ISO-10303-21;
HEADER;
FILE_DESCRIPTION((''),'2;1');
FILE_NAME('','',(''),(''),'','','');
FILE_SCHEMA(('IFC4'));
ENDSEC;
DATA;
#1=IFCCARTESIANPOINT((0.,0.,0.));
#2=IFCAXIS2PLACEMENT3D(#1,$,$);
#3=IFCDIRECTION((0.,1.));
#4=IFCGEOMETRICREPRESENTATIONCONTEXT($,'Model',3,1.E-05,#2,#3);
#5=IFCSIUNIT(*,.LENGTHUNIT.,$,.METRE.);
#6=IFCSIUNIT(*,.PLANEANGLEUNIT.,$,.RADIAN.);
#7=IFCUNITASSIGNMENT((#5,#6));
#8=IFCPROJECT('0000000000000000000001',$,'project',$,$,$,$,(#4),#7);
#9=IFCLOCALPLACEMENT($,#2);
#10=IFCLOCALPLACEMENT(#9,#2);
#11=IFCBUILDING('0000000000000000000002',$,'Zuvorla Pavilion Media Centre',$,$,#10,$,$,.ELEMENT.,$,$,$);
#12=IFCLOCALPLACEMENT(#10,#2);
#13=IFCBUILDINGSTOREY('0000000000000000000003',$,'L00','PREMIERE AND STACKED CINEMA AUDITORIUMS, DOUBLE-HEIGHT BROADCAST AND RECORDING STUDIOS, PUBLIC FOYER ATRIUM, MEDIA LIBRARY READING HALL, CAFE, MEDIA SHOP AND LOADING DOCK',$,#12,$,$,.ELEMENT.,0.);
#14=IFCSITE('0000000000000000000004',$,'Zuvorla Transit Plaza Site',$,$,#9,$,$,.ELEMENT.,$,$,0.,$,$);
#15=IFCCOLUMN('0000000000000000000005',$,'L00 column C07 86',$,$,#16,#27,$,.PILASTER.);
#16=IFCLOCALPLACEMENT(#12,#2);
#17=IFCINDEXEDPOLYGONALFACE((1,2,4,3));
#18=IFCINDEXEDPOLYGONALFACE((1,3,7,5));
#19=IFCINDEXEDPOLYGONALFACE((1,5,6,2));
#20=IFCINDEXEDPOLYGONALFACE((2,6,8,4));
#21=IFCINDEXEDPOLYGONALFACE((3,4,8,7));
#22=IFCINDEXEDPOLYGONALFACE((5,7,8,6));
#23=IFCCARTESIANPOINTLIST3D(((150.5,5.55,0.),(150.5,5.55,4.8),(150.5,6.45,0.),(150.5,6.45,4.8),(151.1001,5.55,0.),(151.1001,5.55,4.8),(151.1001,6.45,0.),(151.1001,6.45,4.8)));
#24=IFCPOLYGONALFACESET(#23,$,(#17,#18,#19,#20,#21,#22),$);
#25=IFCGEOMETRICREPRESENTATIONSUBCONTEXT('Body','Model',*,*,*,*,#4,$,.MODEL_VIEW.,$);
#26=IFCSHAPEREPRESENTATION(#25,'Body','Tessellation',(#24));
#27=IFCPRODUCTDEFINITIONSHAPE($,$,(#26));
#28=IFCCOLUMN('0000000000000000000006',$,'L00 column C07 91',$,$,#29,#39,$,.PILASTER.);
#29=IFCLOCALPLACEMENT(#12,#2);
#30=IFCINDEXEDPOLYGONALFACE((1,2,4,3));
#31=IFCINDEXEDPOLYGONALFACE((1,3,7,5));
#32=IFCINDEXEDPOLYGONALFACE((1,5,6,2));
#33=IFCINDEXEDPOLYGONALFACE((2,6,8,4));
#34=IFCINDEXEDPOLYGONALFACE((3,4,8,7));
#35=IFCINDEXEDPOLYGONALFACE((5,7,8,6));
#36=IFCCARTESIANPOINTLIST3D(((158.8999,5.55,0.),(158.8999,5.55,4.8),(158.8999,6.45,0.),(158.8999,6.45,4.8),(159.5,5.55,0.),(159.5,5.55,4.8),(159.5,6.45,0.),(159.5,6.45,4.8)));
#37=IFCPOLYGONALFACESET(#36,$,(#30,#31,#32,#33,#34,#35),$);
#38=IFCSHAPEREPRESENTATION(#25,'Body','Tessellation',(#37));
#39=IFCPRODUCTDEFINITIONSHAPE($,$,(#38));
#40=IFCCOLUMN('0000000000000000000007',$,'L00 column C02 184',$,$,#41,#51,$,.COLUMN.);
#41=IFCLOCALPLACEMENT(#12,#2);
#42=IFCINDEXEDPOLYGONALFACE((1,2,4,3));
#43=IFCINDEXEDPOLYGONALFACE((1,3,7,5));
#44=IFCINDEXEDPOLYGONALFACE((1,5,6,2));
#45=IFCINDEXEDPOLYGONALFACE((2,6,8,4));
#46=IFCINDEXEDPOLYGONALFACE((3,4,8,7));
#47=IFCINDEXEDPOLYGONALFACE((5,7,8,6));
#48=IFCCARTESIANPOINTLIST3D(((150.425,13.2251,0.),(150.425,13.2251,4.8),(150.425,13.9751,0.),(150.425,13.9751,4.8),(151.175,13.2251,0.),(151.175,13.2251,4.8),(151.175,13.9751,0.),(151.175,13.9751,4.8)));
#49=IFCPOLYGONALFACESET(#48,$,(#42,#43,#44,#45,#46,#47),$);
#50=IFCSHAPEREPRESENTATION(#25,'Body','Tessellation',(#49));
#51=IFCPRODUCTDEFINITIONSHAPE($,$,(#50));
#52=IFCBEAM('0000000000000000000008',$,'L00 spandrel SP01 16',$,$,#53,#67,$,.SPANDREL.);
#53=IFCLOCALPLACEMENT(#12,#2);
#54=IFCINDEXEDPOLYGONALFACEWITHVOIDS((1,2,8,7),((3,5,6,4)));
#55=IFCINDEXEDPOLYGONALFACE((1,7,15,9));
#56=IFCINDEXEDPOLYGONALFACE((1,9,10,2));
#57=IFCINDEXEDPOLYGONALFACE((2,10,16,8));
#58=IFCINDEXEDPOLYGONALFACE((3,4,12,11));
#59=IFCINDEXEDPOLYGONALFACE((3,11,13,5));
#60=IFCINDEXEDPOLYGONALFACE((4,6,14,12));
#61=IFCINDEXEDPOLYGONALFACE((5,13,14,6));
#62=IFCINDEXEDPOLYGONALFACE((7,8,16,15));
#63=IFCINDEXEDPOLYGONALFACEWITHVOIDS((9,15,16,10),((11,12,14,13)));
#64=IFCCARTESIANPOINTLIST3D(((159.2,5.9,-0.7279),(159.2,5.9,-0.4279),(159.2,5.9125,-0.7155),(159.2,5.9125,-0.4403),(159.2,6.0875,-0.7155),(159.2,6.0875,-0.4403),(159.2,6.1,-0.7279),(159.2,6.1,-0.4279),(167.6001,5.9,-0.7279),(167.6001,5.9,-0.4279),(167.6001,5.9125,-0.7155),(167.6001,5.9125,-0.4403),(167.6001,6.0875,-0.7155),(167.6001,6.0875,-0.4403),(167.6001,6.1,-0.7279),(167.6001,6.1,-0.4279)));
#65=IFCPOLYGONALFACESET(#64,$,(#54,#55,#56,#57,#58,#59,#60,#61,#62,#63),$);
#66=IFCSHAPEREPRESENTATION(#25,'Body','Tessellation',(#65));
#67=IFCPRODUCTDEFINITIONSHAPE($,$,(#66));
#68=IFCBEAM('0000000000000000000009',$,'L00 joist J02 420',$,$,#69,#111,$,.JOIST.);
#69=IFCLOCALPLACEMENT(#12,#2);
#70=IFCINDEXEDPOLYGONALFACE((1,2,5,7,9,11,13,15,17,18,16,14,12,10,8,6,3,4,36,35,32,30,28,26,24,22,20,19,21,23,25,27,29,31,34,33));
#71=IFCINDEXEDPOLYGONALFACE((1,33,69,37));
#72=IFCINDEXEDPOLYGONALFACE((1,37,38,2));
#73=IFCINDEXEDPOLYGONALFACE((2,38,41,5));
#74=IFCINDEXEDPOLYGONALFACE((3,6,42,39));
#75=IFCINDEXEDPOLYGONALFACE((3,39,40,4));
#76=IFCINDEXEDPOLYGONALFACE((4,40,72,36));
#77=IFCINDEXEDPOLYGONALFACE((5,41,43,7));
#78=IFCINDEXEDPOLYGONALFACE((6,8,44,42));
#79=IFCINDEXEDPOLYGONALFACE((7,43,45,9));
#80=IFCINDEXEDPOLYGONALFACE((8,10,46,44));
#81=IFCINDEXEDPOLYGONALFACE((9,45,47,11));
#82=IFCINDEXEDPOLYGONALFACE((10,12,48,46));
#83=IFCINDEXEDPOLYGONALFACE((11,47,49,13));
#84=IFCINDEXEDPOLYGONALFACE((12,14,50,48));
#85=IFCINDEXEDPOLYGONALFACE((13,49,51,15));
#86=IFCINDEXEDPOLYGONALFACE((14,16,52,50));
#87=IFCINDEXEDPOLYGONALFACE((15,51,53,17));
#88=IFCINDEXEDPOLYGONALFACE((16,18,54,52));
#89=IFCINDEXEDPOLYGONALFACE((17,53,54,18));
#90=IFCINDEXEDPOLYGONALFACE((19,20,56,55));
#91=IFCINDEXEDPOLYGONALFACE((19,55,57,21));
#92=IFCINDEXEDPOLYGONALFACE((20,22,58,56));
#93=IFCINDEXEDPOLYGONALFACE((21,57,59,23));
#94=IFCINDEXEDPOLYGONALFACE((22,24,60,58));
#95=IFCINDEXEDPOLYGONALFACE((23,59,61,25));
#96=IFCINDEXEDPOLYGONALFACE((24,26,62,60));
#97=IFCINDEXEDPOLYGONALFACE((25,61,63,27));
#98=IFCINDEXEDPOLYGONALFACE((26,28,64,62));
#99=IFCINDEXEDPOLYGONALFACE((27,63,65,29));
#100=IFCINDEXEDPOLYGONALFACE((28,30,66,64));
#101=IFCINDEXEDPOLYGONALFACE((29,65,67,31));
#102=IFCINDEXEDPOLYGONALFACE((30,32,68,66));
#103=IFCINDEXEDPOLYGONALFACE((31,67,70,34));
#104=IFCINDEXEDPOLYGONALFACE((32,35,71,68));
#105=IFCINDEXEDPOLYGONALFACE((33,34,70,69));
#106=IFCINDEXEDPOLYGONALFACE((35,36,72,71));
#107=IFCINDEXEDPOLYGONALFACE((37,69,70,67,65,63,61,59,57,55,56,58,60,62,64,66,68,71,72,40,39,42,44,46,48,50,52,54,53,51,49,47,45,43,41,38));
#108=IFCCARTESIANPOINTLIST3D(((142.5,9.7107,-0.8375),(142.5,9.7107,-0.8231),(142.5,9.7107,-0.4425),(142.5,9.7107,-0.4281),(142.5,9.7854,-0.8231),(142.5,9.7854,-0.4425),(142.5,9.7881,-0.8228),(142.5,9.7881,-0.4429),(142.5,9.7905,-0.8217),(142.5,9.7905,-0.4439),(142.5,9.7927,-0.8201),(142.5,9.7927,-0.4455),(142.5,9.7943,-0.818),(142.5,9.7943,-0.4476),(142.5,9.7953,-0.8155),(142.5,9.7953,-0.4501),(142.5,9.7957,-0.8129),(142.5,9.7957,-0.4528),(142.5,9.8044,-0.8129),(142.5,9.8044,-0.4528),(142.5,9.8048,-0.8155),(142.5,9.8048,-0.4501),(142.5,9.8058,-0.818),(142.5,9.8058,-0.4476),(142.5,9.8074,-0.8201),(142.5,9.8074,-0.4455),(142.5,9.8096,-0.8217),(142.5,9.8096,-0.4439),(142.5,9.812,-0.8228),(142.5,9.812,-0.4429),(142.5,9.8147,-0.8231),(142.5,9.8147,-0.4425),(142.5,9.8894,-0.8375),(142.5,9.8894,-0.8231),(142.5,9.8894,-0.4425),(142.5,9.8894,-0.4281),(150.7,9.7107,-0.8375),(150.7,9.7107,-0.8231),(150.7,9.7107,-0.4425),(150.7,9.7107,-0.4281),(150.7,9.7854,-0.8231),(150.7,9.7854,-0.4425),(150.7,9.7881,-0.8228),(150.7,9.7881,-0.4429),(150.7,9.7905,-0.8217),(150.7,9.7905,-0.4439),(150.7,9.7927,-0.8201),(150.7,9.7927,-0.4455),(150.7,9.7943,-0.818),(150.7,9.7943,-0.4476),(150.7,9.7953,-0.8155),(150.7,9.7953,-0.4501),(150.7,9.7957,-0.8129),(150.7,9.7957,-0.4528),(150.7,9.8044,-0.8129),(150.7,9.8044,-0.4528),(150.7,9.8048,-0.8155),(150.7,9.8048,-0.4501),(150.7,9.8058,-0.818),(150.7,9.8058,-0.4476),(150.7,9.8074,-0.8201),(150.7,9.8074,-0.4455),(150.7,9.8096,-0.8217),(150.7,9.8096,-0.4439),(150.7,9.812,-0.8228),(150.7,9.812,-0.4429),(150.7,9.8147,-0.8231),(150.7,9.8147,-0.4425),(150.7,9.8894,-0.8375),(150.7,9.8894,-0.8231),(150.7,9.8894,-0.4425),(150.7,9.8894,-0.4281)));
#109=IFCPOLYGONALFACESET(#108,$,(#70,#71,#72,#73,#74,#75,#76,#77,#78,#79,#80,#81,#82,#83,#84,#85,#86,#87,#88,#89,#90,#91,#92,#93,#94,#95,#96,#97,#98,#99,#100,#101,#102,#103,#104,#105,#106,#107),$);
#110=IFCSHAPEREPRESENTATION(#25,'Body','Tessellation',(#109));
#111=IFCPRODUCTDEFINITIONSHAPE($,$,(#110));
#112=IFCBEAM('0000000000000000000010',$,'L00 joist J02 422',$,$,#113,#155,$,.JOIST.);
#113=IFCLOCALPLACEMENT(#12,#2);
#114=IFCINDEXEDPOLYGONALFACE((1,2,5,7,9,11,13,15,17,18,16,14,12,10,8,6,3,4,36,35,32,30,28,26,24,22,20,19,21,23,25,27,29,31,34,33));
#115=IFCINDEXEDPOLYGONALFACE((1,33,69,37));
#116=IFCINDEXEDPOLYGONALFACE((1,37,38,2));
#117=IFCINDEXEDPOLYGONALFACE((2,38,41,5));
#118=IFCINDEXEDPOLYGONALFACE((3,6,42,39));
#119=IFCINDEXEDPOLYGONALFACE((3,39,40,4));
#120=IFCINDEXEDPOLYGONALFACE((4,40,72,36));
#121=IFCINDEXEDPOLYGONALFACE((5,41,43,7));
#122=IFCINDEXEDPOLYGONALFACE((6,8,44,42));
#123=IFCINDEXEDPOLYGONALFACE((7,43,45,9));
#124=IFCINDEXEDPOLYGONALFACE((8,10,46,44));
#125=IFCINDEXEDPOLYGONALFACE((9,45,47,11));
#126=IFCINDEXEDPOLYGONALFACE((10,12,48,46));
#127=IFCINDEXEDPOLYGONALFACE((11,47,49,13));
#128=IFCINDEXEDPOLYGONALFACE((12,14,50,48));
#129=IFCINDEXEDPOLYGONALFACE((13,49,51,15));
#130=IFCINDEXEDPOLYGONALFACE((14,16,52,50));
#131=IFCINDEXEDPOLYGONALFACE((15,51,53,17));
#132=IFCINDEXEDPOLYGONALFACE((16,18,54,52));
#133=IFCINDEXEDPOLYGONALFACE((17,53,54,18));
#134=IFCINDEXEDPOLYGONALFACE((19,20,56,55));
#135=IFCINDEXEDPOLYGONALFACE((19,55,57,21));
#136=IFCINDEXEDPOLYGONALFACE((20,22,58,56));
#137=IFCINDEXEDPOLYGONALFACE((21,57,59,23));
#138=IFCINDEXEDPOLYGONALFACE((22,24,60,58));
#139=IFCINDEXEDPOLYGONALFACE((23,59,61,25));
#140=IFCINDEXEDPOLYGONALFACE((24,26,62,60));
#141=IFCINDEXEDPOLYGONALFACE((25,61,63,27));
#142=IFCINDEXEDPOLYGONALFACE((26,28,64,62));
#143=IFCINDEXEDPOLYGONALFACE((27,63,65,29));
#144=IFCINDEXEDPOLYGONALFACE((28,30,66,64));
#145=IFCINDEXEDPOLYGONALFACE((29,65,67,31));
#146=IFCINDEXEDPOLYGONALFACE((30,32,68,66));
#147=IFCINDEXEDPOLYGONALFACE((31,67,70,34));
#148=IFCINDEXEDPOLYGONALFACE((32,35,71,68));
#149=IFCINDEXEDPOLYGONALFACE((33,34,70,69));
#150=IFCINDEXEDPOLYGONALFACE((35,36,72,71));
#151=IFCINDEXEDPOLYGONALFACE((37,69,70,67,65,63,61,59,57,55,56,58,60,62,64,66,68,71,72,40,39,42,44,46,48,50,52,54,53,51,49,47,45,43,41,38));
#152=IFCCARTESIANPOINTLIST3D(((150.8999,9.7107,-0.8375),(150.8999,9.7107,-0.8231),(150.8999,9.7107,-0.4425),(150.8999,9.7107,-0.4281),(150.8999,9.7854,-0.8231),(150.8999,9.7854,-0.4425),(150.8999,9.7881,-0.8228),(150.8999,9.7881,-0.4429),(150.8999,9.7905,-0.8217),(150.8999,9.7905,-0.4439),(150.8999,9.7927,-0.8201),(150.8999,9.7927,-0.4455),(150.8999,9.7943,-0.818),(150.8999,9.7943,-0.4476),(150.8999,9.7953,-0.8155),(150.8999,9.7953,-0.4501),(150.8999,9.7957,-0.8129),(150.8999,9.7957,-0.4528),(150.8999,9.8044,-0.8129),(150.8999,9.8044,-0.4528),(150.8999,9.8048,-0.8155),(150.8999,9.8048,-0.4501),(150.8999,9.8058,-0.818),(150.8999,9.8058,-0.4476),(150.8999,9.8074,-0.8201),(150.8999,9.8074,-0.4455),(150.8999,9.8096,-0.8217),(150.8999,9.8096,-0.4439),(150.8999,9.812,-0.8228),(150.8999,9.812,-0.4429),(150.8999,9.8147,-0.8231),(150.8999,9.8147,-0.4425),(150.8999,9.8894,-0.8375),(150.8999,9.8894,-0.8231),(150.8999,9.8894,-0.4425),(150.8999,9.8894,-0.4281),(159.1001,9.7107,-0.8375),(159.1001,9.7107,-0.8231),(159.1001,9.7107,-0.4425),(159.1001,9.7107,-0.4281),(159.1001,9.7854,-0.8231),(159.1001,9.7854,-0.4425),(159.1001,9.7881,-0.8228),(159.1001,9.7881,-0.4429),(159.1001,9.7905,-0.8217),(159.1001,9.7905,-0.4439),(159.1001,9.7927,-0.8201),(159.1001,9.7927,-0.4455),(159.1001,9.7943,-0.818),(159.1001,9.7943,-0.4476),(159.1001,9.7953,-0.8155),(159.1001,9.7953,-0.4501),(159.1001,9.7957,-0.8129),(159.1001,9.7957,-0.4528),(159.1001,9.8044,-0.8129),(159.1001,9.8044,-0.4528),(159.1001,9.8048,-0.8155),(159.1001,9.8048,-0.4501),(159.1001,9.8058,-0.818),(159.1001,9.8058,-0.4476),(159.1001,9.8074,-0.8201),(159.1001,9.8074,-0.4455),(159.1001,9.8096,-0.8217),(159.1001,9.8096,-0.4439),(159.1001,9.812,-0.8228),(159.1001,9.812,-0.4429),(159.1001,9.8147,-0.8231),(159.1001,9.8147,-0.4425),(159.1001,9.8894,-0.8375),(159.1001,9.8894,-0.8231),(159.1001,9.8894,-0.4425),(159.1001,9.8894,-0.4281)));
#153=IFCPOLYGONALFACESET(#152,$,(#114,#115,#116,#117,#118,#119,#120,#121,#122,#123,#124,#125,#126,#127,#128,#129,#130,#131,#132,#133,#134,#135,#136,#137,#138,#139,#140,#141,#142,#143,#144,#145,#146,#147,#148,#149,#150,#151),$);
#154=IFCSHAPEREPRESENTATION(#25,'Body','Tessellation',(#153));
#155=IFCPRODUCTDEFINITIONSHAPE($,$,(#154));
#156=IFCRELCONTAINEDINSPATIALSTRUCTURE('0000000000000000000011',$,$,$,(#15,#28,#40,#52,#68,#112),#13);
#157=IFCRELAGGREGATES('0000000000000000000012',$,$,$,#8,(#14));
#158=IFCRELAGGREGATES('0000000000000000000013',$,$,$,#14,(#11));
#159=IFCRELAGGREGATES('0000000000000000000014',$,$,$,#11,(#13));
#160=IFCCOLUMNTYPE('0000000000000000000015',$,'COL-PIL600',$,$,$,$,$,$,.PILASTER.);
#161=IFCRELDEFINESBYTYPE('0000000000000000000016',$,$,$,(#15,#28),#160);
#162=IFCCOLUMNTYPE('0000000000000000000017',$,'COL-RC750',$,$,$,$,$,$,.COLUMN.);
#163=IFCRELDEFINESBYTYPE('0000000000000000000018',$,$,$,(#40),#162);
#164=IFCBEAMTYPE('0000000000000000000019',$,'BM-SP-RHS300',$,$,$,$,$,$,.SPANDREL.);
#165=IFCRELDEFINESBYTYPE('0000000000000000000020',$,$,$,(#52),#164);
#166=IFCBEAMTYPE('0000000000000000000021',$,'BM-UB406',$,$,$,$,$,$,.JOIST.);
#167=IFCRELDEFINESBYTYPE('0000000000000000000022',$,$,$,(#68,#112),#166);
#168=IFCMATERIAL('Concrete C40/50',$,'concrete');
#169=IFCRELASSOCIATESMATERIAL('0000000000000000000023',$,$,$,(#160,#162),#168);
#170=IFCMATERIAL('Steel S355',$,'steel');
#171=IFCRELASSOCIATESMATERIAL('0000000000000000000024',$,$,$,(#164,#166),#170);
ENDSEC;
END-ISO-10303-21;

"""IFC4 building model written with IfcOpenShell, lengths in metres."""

from ifc_helpers import new_model, si_unit, direction, frame, origin, origin_2d, place, context, subcontext, project, spatial, rectangle, hollow_rectangle, i_section, extrude, material, material_profile, profile_set, type_object, element, save


model = new_model("IFC4")

# Units and contexts
model_context = context("Model", 3, precision=1e-05, world=origin(), true_north=direction((0.0, 1.0)))
body_context = subcontext(model_context, "Body", "Model", "MODEL_VIEW")
ifc_project = project(units=[si_unit("LENGTHUNIT", "METRE"), si_unit("PLANEANGLEUNIT", "RADIAN")], contexts=[model_context])

# Site, building, storey
site_placement = place(None, origin())
site = spatial("IfcSite", under=ifc_project, at=site_placement, Name="Zuvorla Transit Plaza Site", CompositionType="ELEMENT", RefElevation=0.0)
building_placement = place(site_placement, origin())
building = spatial("IfcBuilding", under=site, at=building_placement, Name="Zuvorla Pavilion Media Centre", CompositionType="ELEMENT")
storey_placement = place(building_placement, origin())
storey = spatial("IfcBuildingStorey", under=building, at=storey_placement, Name="L00", Description="PREMIERE AND STACKED CINEMA AUDITORIUMS, DOUBLE-HEIGHT BROADCAST AND RECORDING STUDIOS, PUBLIC FOYER ATRIUM, MEDIA LIBRARY READING HALL, CAFE, MEDIA SHOP AND LOADING DOCK", CompositionType="ELEMENT", Elevation=0.0)

# Columns
ifc_material_1 = material(Name="Concrete C40/50", Category="concrete")
ifc_material_profile_1 = material_profile(ifc_material_1, rectangle(XDim=0.6001, YDim=0.8999, at=origin_2d()), Name="RC 600x900")
ifc_profile_set_1 = profile_set([ifc_material_profile_1], Name="Concrete C40/50")
column_type_1 = type_object("IfcColumnType", Name="COL-PIL600", PredefinedType="PILASTER", material=ifc_profile_set_1)
for number, where, z_axis, x_axis, name in (
    (1, (150.8, 6.0, 0.0), (0.0, 0.0, 1.0), (1.0, 0.0, 0.0), "L00 column C07 86"),
    (2, (159.2, 6.0, 0.0), (0.0, 0.0, 1.0), (1.0, 0.0, 0.0), "L00 column C07 91"),
):
    element("IfcColumn", number, at=place(storey_placement, frame(where, z_axis=z_axis, x_axis=x_axis)), inside=storey, type_object=column_type_1, Name=name, PredefinedType="PILASTER", context=body_context, shape_type="SweptSolid", body=[
        extrude(rectangle(XDim=0.6001, YDim=0.8999, at=origin_2d()), origin(), (0.0, 0.0, 1.0), 4.8),
    ])
ifc_material_profile_2 = material_profile(ifc_material_1, rectangle(XDim=0.75, YDim=0.75, at=origin_2d()), Name="RC 750x750")
ifc_profile_set_2 = profile_set([ifc_material_profile_2], Name="Concrete C40/50")
column_type_2 = type_object("IfcColumnType", Name="COL-RC750", PredefinedType="COLUMN", material=ifc_profile_set_2)
column_placement = place(storey_placement, frame((150.8, 13.6001, 0.0), z_axis=(0.0, 0.0, 1.0), x_axis=(1.0, 0.0, 0.0)))
element("IfcColumn", 3, at=column_placement, inside=storey, type_object=column_type_2, Name="L00 column C02 184", PredefinedType="COLUMN", context=body_context, shape_type="SweptSolid", body=[
    extrude(rectangle(XDim=0.75, YDim=0.75, at=origin_2d()), origin(), (0.0, 0.0, 1.0), 4.8),
])

# Beams
ifc_material_2 = material(Name="Steel S355", Category="steel")
ifc_material_profile_3 = material_profile(ifc_material_2, hollow_rectangle(XDim=0.2, YDim=0.3, WallThickness=0.0125, at=origin_2d()), Name="RHS 300x200x12.5")
ifc_profile_set_3 = profile_set([ifc_material_profile_3], Name="Steel S355")
beam_type_1 = type_object("IfcBeamType", Name="BM-SP-RHS300", PredefinedType="SPANDREL", material=ifc_profile_set_3)
beam_1_placement = place(storey_placement, frame((159.2, 6.0, -0.5779), z_axis=(1.0, 0.0, 0.0), x_axis=(0.0, 1.0, 0.0)))
element("IfcBeam", 4, at=beam_1_placement, inside=storey, type_object=beam_type_1, Name="L00 spandrel SP01 16", PredefinedType="SPANDREL", context=body_context, shape_type="SweptSolid", body=[
    extrude(hollow_rectangle(XDim=0.2, YDim=0.3, WallThickness=0.0125, at=origin_2d()), origin(), (0.0, 0.0, 1.0), 8.4001),
])
ifc_material_profile_4 = material_profile(ifc_material_2, i_section(OverallWidth=0.1787, OverallDepth=0.4094, WebThickness=0.0088, FlangeThickness=0.0144, FilletRadius=0.0103, at=origin_2d()), Name="UB 406x178x67")
ifc_profile_set_4 = profile_set([ifc_material_profile_4], Name="Steel S355")
beam_type_2 = type_object("IfcBeamType", Name="BM-UB406", PredefinedType="JOIST", material=ifc_profile_set_4)
beam_2_placement = place(storey_placement, frame((142.5, 9.8, -0.6328), z_axis=(1.0, 0.0, 0.0), x_axis=(0.0, 1.0, 0.0)))
element("IfcBeam", 5, at=beam_2_placement, inside=storey, type_object=beam_type_2, Name="L00 joist J02 420", PredefinedType="JOIST", context=body_context, shape_type="SweptSolid", body=[
    extrude(i_section(OverallWidth=0.1787, OverallDepth=0.4094, WebThickness=0.0088, FlangeThickness=0.0144, FilletRadius=0.0103, at=origin_2d()), origin(), (0.0, 0.0, 1.0), 8.2),
])
for number, where, z_axis, x_axis, name in (
    (6, (150.8999, 9.8, -0.6328), (1.0, 0.0, 0.0), (0.0, 1.0, 0.0), "L00 joist J02 422"),
):
    element("IfcBeam", number, at=place(storey_placement, frame(where, z_axis=z_axis, x_axis=x_axis)), inside=storey, type_object=beam_type_2, Name=name, PredefinedType="JOIST", context=body_context, shape_type="SweptSolid", body=[
        extrude(i_section(OverallWidth=0.1787, OverallDepth=0.4094, WebThickness=0.0088, FlangeThickness=0.0144, FilletRadius=0.0103, at=origin_2d()), origin(), (0.0, 0.0, 1.0), 8.2002),
    ])

save(model, "model.ifc")
